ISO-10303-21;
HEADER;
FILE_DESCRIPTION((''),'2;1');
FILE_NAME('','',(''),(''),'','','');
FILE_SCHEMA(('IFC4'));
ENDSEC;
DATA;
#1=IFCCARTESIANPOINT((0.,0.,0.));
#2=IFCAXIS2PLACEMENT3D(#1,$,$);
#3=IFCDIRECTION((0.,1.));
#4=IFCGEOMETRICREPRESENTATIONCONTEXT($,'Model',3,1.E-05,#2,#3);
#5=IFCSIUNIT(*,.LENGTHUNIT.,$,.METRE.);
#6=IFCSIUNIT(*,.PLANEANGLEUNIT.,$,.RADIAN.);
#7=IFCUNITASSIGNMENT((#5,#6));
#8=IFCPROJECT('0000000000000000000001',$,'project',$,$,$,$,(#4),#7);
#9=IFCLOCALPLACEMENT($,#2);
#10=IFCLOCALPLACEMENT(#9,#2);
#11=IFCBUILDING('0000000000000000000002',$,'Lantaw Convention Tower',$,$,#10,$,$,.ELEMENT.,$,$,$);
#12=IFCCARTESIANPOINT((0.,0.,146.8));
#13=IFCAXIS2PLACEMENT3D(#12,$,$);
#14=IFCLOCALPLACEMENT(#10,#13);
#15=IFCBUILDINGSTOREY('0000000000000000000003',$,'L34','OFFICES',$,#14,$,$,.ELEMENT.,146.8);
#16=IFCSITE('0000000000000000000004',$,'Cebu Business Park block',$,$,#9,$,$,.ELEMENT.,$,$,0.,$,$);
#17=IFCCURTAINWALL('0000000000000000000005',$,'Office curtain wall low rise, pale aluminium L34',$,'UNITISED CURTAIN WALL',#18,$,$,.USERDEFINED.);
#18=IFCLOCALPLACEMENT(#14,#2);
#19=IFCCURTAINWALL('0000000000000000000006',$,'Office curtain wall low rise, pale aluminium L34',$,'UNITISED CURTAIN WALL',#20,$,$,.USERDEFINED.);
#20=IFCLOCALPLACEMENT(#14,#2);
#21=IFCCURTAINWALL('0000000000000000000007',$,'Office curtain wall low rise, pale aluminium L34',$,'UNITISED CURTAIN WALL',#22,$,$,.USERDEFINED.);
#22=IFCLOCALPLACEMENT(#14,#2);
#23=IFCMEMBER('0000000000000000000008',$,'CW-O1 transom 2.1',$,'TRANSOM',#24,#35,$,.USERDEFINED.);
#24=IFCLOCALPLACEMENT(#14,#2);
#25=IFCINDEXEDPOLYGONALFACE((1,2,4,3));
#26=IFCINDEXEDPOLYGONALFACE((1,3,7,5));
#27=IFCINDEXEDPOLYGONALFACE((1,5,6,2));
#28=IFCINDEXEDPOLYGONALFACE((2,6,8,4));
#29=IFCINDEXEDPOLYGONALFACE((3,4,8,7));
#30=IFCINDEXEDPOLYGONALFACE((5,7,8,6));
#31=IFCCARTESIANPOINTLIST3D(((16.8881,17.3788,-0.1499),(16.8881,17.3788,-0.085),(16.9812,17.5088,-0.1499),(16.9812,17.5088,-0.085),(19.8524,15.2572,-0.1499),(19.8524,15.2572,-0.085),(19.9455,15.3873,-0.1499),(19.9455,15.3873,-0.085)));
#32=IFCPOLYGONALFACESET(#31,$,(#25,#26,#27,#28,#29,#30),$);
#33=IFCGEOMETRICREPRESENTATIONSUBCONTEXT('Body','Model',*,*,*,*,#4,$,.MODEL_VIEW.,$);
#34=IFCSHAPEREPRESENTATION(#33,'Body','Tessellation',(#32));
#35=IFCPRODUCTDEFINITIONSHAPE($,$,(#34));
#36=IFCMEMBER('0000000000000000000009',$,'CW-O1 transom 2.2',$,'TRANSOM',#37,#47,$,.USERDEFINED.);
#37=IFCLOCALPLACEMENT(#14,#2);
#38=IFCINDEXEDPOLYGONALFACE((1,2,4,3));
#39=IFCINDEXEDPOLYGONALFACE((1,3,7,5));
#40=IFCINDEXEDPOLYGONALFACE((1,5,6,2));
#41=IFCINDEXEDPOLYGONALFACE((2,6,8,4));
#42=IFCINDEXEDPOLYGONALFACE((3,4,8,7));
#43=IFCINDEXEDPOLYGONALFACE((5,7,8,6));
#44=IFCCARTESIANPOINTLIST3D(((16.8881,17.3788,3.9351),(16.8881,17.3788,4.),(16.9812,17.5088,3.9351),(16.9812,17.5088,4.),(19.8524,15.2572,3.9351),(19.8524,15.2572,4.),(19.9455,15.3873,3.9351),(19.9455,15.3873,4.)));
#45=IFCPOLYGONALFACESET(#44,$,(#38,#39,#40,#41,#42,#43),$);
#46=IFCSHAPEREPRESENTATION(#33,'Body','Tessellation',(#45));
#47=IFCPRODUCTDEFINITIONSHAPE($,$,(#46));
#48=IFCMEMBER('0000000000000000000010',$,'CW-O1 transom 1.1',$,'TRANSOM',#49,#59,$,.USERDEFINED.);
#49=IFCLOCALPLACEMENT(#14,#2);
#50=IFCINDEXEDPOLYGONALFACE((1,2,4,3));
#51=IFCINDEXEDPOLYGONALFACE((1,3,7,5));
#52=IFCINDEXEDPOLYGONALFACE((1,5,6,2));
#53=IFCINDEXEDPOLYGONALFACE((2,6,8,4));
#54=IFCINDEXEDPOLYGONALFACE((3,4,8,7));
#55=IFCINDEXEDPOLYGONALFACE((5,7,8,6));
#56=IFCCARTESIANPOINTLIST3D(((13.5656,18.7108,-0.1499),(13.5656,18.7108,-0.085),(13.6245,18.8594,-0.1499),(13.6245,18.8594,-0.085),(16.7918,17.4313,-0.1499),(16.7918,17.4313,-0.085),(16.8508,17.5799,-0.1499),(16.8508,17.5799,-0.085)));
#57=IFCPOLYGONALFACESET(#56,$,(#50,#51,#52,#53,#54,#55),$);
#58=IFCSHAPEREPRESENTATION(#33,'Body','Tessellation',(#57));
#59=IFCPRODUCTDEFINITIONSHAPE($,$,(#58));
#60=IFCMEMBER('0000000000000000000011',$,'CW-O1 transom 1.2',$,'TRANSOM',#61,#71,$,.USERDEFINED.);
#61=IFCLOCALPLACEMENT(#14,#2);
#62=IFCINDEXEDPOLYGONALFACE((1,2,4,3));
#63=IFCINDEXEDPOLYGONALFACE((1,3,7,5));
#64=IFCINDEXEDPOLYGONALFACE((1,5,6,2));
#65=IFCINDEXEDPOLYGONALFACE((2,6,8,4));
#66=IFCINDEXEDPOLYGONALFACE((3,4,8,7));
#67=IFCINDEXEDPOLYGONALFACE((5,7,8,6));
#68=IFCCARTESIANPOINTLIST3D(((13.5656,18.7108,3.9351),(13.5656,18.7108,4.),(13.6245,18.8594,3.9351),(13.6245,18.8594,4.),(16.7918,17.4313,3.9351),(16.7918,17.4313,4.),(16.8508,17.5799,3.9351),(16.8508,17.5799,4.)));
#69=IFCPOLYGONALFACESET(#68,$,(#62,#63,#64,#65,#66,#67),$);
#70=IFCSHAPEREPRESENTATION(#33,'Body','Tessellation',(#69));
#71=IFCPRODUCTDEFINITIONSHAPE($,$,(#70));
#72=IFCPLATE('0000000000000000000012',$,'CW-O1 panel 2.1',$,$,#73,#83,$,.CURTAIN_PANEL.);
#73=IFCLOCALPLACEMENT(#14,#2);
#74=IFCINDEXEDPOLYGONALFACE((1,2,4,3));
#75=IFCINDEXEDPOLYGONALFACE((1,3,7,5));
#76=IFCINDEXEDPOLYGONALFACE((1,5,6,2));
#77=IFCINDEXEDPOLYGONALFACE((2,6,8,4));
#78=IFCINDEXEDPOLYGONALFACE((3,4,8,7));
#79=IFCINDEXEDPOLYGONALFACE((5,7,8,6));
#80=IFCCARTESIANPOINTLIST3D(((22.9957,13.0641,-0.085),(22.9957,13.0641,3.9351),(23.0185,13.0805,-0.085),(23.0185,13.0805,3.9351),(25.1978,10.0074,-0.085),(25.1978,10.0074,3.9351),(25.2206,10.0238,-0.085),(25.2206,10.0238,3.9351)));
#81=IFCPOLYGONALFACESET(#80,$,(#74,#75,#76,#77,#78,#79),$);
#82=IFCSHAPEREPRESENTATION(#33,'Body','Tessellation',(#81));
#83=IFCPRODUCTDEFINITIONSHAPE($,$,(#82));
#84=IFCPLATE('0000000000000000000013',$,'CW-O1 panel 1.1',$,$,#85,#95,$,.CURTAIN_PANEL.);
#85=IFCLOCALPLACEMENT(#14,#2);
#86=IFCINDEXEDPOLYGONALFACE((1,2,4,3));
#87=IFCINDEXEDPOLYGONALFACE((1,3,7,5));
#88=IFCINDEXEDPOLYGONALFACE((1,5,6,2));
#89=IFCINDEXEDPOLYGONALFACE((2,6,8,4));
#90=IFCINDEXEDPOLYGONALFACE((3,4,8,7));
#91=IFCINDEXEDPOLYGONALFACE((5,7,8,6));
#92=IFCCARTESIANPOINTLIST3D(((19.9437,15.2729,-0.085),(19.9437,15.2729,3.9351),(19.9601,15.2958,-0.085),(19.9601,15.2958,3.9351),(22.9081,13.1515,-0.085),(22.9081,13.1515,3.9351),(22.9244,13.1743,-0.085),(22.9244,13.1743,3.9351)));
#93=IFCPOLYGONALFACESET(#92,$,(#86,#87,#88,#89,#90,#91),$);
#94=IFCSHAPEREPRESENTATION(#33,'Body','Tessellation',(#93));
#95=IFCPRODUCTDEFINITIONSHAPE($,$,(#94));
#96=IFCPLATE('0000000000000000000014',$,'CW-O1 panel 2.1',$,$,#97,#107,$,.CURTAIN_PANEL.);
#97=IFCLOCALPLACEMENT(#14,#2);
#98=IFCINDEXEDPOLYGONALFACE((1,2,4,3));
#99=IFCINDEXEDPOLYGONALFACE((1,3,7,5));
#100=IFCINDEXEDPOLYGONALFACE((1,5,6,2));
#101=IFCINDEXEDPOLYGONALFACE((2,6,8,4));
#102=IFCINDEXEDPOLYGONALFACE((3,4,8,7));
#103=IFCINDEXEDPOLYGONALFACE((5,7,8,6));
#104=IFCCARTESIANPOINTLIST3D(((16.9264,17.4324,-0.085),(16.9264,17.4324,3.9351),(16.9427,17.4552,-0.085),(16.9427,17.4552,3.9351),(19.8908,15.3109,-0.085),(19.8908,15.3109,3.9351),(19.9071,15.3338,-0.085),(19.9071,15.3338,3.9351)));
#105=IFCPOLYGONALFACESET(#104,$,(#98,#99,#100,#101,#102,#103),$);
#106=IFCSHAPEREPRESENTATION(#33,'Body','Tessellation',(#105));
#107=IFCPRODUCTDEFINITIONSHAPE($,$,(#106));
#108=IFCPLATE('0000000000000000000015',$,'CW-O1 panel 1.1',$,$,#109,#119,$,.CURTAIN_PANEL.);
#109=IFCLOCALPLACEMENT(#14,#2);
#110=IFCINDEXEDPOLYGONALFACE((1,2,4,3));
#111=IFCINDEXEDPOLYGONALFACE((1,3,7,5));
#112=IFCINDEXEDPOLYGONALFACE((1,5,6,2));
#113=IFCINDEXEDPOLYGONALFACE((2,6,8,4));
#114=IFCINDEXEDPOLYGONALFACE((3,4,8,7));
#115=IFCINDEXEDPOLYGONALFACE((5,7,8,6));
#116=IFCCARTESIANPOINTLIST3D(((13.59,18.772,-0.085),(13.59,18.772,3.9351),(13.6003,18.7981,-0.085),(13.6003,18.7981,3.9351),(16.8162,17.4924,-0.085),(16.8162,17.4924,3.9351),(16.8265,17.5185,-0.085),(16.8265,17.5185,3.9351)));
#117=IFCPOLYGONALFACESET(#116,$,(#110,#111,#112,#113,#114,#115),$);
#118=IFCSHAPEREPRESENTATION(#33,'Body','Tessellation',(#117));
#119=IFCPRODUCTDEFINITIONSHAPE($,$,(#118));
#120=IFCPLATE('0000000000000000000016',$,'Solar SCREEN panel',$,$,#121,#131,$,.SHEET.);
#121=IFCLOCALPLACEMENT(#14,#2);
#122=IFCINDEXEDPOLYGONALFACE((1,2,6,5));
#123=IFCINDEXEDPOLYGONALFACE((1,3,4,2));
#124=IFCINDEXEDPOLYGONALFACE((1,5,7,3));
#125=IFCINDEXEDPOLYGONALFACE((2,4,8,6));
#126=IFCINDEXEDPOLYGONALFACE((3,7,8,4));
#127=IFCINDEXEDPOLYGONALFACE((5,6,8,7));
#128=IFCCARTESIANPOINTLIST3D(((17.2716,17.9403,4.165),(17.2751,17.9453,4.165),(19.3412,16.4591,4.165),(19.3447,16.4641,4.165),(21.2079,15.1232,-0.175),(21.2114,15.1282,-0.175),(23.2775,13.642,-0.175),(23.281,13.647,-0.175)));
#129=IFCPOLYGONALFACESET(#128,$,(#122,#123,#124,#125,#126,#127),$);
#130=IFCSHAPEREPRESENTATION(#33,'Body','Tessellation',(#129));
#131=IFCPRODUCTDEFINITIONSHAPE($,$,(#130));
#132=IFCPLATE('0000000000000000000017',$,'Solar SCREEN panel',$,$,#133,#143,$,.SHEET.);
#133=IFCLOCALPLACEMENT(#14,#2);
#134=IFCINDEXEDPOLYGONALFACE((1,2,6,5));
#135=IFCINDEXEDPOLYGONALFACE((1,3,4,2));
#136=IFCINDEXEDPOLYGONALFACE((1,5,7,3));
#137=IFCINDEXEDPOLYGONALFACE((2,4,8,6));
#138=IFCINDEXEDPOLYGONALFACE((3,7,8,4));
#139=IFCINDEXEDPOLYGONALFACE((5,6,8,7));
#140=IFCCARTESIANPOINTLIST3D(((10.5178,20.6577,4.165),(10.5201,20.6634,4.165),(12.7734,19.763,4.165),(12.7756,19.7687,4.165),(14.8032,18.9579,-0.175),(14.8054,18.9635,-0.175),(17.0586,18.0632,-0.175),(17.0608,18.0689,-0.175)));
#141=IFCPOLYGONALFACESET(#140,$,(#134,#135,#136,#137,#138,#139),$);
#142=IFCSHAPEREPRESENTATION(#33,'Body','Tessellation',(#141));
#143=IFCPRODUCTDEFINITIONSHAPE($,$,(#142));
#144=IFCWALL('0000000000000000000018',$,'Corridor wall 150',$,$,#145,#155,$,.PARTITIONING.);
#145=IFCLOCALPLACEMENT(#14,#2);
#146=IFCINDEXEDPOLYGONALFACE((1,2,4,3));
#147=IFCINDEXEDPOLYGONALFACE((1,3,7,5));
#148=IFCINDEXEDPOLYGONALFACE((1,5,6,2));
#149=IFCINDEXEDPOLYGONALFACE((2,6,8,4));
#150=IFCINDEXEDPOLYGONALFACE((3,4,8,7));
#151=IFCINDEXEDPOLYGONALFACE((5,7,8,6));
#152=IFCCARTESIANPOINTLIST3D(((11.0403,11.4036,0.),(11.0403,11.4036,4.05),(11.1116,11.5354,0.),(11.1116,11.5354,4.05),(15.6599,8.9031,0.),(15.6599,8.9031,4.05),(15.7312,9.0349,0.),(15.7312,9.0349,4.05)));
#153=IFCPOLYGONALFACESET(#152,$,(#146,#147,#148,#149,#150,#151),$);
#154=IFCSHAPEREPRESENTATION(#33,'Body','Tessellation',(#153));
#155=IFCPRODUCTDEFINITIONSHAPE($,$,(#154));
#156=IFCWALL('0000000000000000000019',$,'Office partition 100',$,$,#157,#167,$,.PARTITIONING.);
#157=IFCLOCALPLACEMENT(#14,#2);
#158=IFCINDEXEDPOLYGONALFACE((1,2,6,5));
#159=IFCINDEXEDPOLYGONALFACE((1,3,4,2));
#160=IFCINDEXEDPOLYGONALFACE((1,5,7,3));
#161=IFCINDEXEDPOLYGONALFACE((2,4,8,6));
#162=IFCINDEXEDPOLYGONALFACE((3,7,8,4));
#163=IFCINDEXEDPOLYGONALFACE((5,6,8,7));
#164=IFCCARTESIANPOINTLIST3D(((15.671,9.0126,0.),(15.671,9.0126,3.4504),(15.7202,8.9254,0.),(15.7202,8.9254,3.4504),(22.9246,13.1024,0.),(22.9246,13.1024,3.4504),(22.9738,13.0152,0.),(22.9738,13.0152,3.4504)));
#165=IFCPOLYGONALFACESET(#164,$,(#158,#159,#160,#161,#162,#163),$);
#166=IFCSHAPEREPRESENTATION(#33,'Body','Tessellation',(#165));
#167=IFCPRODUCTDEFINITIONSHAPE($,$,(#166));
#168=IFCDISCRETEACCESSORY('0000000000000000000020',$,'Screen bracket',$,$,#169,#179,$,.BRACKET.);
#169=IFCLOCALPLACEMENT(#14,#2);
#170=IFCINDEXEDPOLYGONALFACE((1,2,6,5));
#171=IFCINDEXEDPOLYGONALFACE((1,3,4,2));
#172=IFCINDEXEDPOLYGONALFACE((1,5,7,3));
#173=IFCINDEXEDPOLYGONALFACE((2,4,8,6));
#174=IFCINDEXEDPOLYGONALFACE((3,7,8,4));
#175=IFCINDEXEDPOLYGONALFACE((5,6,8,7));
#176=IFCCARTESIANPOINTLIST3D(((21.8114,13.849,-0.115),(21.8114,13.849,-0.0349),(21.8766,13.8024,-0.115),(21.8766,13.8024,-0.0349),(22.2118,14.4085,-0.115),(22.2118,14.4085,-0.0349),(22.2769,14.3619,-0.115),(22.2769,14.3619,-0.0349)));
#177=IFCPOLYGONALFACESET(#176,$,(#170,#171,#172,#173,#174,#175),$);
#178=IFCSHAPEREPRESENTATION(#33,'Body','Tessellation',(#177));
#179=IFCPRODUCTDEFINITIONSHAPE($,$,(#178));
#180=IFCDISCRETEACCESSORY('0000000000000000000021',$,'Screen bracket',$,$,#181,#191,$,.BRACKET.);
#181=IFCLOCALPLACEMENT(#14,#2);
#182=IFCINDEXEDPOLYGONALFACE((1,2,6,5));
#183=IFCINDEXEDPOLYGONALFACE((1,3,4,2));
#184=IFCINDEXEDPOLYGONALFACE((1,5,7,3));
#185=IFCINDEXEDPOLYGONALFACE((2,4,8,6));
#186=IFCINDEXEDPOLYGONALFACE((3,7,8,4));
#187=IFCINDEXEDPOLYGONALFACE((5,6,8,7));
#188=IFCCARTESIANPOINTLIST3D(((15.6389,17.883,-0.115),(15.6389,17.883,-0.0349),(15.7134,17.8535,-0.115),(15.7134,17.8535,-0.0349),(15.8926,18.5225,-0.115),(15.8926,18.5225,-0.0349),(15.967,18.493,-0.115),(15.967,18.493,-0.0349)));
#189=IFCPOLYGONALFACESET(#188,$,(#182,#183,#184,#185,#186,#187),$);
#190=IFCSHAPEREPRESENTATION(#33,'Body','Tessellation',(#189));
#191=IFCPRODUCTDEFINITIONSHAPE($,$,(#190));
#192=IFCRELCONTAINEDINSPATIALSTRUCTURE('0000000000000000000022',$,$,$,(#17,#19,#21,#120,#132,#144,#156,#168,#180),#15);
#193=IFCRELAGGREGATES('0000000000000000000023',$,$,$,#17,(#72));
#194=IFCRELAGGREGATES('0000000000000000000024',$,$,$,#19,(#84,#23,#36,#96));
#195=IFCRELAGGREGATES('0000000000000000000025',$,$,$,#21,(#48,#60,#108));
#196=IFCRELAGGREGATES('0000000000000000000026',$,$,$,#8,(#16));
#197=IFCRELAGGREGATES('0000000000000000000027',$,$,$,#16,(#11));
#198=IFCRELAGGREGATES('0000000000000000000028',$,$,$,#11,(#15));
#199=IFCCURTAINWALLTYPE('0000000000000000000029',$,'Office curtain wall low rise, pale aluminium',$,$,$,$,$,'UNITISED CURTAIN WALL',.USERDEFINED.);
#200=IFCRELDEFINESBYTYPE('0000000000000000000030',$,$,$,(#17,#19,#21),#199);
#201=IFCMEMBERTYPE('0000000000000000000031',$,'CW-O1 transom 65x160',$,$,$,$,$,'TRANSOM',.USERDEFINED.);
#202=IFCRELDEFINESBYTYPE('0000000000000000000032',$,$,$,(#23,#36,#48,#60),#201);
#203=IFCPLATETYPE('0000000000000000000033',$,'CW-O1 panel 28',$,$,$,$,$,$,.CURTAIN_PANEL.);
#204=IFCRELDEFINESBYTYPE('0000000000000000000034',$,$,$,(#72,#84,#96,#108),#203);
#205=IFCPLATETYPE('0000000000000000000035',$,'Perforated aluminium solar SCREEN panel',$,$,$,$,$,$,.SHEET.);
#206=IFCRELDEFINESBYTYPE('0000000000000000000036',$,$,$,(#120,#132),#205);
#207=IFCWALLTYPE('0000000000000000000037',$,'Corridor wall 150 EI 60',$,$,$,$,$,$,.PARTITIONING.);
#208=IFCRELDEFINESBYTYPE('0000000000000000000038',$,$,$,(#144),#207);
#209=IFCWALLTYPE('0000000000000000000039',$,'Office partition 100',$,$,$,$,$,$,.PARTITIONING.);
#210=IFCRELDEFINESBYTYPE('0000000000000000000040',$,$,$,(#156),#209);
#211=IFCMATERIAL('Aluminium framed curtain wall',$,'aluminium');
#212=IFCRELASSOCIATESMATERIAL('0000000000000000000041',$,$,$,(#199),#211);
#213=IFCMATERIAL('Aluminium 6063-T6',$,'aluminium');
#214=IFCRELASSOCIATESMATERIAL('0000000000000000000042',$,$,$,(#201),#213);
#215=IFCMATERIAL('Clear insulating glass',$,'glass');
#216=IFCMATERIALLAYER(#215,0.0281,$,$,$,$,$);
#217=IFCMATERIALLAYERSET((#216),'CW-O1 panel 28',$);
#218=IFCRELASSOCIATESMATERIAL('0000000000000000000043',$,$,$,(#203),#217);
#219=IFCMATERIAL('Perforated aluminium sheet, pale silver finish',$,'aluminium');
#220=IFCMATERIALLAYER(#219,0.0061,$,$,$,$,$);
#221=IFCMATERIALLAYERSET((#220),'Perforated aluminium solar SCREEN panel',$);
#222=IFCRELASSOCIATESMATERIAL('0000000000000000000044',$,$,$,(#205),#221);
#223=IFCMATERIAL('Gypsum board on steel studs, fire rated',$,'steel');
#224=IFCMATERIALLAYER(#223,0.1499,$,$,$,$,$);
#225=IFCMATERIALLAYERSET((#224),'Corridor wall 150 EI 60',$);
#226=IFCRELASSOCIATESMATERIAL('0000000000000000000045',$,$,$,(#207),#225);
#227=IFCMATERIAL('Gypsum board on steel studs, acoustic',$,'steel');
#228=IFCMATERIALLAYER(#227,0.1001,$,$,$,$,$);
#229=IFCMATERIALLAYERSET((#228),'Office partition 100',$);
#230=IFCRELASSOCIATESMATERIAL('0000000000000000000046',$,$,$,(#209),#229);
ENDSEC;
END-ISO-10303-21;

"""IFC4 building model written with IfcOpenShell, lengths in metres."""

from ifc_helpers import new_model, si_unit, direction, frame, frame_2d, origin, origin_2d, place, context, subcontext, project, spatial, polyline, rectangle, outline, extrude, material, layer, layer_set, material_profile, profile_set, type_object, element, aggregate, save


model = new_model("IFC4")

# Units and contexts
model_context = context("Model", 3, precision=1e-05, world=origin(), true_north=direction((0.0, 1.0)))
body_context = subcontext(model_context, "Body", "Model", "MODEL_VIEW")
ifc_project = project(units=[si_unit("LENGTHUNIT", "METRE"), si_unit("PLANEANGLEUNIT", "RADIAN")], contexts=[model_context])

# Site, building, storey
site_placement = place(None, origin())
site = spatial("IfcSite", under=ifc_project, at=site_placement, Name="Cebu Business Park block", CompositionType="ELEMENT", RefElevation=0.0)
building_placement = place(site_placement, origin())
building = spatial("IfcBuilding", under=site, at=building_placement, Name="Lantaw Convention Tower", CompositionType="ELEMENT")
storey_placement = place(building_placement, frame((0.0, 0.0, 146.8)))
storey = spatial("IfcBuildingStorey", under=building, at=storey_placement, Name="L34", Description="OFFICES", CompositionType="ELEMENT", Elevation=146.8)

# Curtain walls
ifc_material_1 = material(Name="Aluminium framed curtain wall", Category="aluminium")
curtain_wall_type = type_object("IfcCurtainWallType", Name="Office curtain wall low rise, pale aluminium", ElementType="UNITISED CURTAIN WALL", PredefinedType="USERDEFINED", material=ifc_material_1)
curtain_wall_1_placement = place(storey_placement, origin())
curtain_wall_1 = element("IfcCurtainWall", 1, at=curtain_wall_1_placement, inside=storey, type_object=curtain_wall_type, Name="Office curtain wall low rise, pale aluminium L34", ObjectType="UNITISED CURTAIN WALL", PredefinedType="USERDEFINED")
ifc_material_2 = material(Name="Aluminium 6063-T6", Category="aluminium")
curtain_wall_2_placement = place(storey_placement, origin())
curtain_wall_2 = element("IfcCurtainWall", 2, at=curtain_wall_2_placement, inside=storey, type_object=curtain_wall_type, Name="Office curtain wall low rise, pale aluminium L34", ObjectType="UNITISED CURTAIN WALL", PredefinedType="USERDEFINED")
curtain_wall_3_placement = place(storey_placement, origin())
curtain_wall_3 = element("IfcCurtainWall", 3, at=curtain_wall_3_placement, inside=storey, type_object=curtain_wall_type, Name="Office curtain wall low rise, pale aluminium L34", ObjectType="UNITISED CURTAIN WALL", PredefinedType="USERDEFINED")

# Members
ifc_material_profile_1 = material_profile(ifc_material_2, rectangle(XDim=0.1599, YDim=0.0649, at=origin_2d()), Name="CW-O1 transom 65x160")
ifc_profile_set_1 = profile_set([ifc_material_profile_1], Name="Aluminium 6063-T6")
member_type_1 = type_object("IfcMemberType", Name="CW-O1 transom 65x160", ElementType="TRANSOM", PredefinedType="USERDEFINED", material=ifc_profile_set_1)
member_1_placement = place(storey_placement, frame((19.8989, 15.3223, -0.1174), z_axis=(-0.81319, 0.581998, 0.0), x_axis=(-0.581998, -0.81319, 0.0)))
member_1 = element("IfcMember", 4, at=member_1_placement, type_object=member_type_1, Name="CW-O1 transom 2.1", ObjectType="TRANSOM", PredefinedType="USERDEFINED", context=body_context, shape_type="SweptSolid", body=[
    extrude(rectangle(XDim=0.1599, YDim=0.0649, at=origin_2d()), origin(), (0.0, 0.0, 1.0), 3.6453),
])
member_2_placement = place(storey_placement, frame((19.8989, 15.3223, 3.9675), z_axis=(-0.81319, 0.581998, 0.0), x_axis=(-0.581998, -0.81319, 0.0)))
member_2 = element("IfcMember", 5, at=member_2_placement, type_object=member_type_1, Name="CW-O1 transom 2.2", ObjectType="TRANSOM", PredefinedType="USERDEFINED", context=body_context, shape_type="SweptSolid", body=[
    extrude(rectangle(XDim=0.1599, YDim=0.0649, at=origin_2d()), origin(), (0.0, 0.0, 1.0), 3.6453),
])
member_3_placement = place(storey_placement, frame((16.8213, 17.5056, -0.1174), z_axis=(-0.929564, 0.36866, 0.0), x_axis=(-0.36866, -0.929564, 0.0)))
member_3 = element("IfcMember", 6, at=member_3_placement, type_object=member_type_1, Name="CW-O1 transom 1.1", ObjectType="TRANSOM", PredefinedType="USERDEFINED", context=body_context, shape_type="SweptSolid", body=[
    extrude(rectangle(XDim=0.1599, YDim=0.0649, at=origin_2d()), origin(), (0.0, 0.0, 1.0), 3.4707),
])
member_4_placement = place(storey_placement, frame((16.8213, 17.5056, 3.9675), z_axis=(-0.929564, 0.36866, 0.0), x_axis=(-0.36866, -0.929564, 0.0)))
member_4 = element("IfcMember", 7, at=member_4_placement, type_object=member_type_1, Name="CW-O1 transom 1.2", ObjectType="TRANSOM", PredefinedType="USERDEFINED", context=body_context, shape_type="SweptSolid", body=[
    extrude(rectangle(XDim=0.1599, YDim=0.0649, at=origin_2d()), origin(), (0.0, 0.0, 1.0), 3.4707),
])

# Plates
ifc_material_3 = material(Name="Clear insulating glass", Category="glass")
ifc_layer_1 = layer(ifc_material_3, 0.0281)
ifc_layer_set_1 = layer_set([ifc_layer_1], Name="CW-O1 panel 28")
plate_type_1 = type_object("IfcPlateType", Name="CW-O1 panel 28", PredefinedType="CURTAIN_PANEL", material=ifc_layer_set_1)
plate_1_placement = place(storey_placement, frame((24.1082, 11.5439, -0.085), z_axis=(0.0, 0.0, 1.0), x_axis=(-0.584513, 0.811385, 0.0)))
plate_1 = element("IfcPlate", 8, at=plate_1_placement, type_object=plate_type_1, Name="CW-O1 panel 2.1", PredefinedType="CURTAIN_PANEL", context=body_context, shape_type="SweptSolid", body=[
    extrude(rectangle(XDim=3.7673, YDim=0.0281, at=origin_2d()), origin(), (0.0, 0.0, 1.0), 4.02),
])
aggregate(curtain_wall_1, [plate_1])
plate_2_placement = place(storey_placement, frame((21.4341, 14.2236, -0.085), z_axis=(0.0, 0.0, 1.0), x_axis=(-0.813208, 0.581973, 0.0)))
plate_2 = element("IfcPlate", 9, at=plate_2_placement, type_object=plate_type_1, Name="CW-O1 panel 1.1", PredefinedType="CURTAIN_PANEL", context=body_context, shape_type="SweptSolid", body=[
    extrude(rectangle(XDim=3.6453, YDim=0.0281, at=origin_2d()), origin(), (0.0, 0.0, 1.0), 4.02),
])
plate_3_placement = place(storey_placement, frame((18.4167, 16.3831, -0.085), z_axis=(0.0, 0.0, 1.0), x_axis=(-0.813208, 0.581973, 0.0)))
plate_3 = element("IfcPlate", 10, at=plate_3_placement, type_object=plate_type_1, Name="CW-O1 panel 2.1", PredefinedType="CURTAIN_PANEL", context=body_context, shape_type="SweptSolid", body=[
    extrude(rectangle(XDim=3.6453, YDim=0.0281, at=origin_2d()), origin(), (0.0, 0.0, 1.0), 4.02),
])
aggregate(curtain_wall_2, [plate_2, member_1, member_2, plate_3])
plate_4_placement = place(storey_placement, frame((15.2083, 18.1453, -0.085), z_axis=(0.0, 0.0, 1.0), x_axis=(-0.929548, 0.368702, 0.0)))
plate_4 = element("IfcPlate", 11, at=plate_4_placement, type_object=plate_type_1, Name="CW-O1 panel 1.1", PredefinedType="CURTAIN_PANEL", context=body_context, shape_type="SweptSolid", body=[
    extrude(rectangle(XDim=3.4707, YDim=0.0281, at=origin_2d()), origin(), (0.0, 0.0, 1.0), 4.02),
])
aggregate(curtain_wall_3, [member_3, member_4, plate_4])

# Plates
ifc_material_4 = material(Name="Perforated aluminium sheet, pale silver finish", Category="aluminium")
ifc_layer_2 = layer(ifc_material_4, 0.0061)
ifc_layer_set_2 = layer_set([ifc_layer_2], Name="Perforated aluminium solar SCREEN panel")
plate_type_2 = type_object("IfcPlateType", Name="Perforated aluminium solar SCREEN panel", PredefinedType="SHEET", material=ifc_layer_set_2)
plate_5_placement = place(storey_placement, frame((23.281, 13.647, -0.175), z_axis=(0.582, 0.813189, 0.000012), x_axis=(-0.813189, 0.582, 0.0)))
element("IfcPlate", 12, at=plate_5_placement, inside=storey, type_object=plate_type_2, Name="Solar SCREEN panel", PredefinedType="SHEET", context=body_context, shape_type="SweptSolid", body=[
    extrude(outline(polyline([(0.0, 0.0), (2.545, 0.0), (7.3855, 4.3401), (4.8405, 4.3401), (0.0, 0.0)])), origin(), (0.0, 0.0, -1.0), 0.0061),
])
plate_6_placement = place(storey_placement, frame((17.0586, 18.0632, -0.175), z_axis=(-0.368709, -0.929545, 0.000011), x_axis=(-0.929545, 0.368709, 0.0)))
element("IfcPlate", 13, at=plate_6_placement, inside=storey, type_object=plate_type_2, Name="Solar SCREEN panel", PredefinedType="SHEET", context=body_context, shape_type="SweptSolid", body=[
    extrude(outline(polyline([(0.0, 0.0), (2.4264, 0.0), (7.0365, -4.3401), (4.61, -4.3401), (0.0, 0.0)])), origin(), (0.0, 0.0, -1.0), 0.0061),
])

# Walls
ifc_material_5 = material(Name="Gypsum board on steel studs, fire rated", Category="steel")
ifc_layer_3 = layer(ifc_material_5, 0.1499)
ifc_layer_set_3 = layer_set([ifc_layer_3], Name="Corridor wall 150 EI 60")
wall_type_1 = type_object("IfcWallType", Name="Corridor wall 150 EI 60", PredefinedType="PARTITIONING", material=ifc_layer_set_3)
wall_1_placement = place(storey_placement, frame((15.6956, 8.969, 0.0), z_axis=(0.0, 0.0, 1.0), x_axis=(-0.879436, 0.476017, 0.0)))
element("IfcWall", 14, at=wall_1_placement, inside=storey, type_object=wall_type_1, Name="Corridor wall 150", PredefinedType="PARTITIONING", context=body_context, shape_type="SweptSolid", body=[
    extrude(rectangle(XDim=5.2529, YDim=0.1499, at=frame_2d((2.6265, 0.0))), origin(), (0.0, 0.0, 1.0), 4.05),
])
ifc_material_6 = material(Name="Gypsum board on steel studs, acoustic", Category="steel")
ifc_layer_4 = layer(ifc_material_6, 0.1001)
ifc_layer_set_4 = layer_set([ifc_layer_4], Name="Office partition 100")
wall_type_2 = type_object("IfcWallType", Name="Office partition 100", PredefinedType="PARTITIONING", material=ifc_layer_set_4)
wall_2_placement = place(storey_placement, frame((22.9492, 13.0588, 0.0), z_axis=(0.0, 0.0, 1.0), x_axis=(-0.871079, -0.491142, 0.0)))
element("IfcWall", 15, at=wall_2_placement, inside=storey, type_object=wall_type_2, Name="Office partition 100", PredefinedType="PARTITIONING", context=body_context, shape_type="SweptSolid", body=[
    extrude(rectangle(XDim=8.3271, YDim=0.1001, at=frame_2d((4.1636, 0.0))), origin(), (0.0, 0.0, 1.0), 3.4504),
])

# Discrete accessories
for number, where, z_axis, x_axis, name in (
    (16, (22.0442, 14.1055, -0.115), (0.0, 0.0, 1.0), (-0.813208, 0.581973, 0.0), "Screen bracket"),
    (17, (15.803, 18.188, -0.115), (0.0, 0.0, 1.0), (-0.929548, 0.368702, 0.0), "Screen bracket"),
):
    element("IfcDiscreteAccessory", number, at=place(storey_placement, frame(where, z_axis=z_axis, x_axis=x_axis)), inside=storey, Name=name, PredefinedType="BRACKET", context=body_context, shape_type="SweptSolid", body=[
        extrude(rectangle(XDim=0.0801, YDim=0.688, at=origin_2d()), origin(), (0.0, 0.0, 1.0), 0.0801),
    ])

save(model, "model.ifc")
